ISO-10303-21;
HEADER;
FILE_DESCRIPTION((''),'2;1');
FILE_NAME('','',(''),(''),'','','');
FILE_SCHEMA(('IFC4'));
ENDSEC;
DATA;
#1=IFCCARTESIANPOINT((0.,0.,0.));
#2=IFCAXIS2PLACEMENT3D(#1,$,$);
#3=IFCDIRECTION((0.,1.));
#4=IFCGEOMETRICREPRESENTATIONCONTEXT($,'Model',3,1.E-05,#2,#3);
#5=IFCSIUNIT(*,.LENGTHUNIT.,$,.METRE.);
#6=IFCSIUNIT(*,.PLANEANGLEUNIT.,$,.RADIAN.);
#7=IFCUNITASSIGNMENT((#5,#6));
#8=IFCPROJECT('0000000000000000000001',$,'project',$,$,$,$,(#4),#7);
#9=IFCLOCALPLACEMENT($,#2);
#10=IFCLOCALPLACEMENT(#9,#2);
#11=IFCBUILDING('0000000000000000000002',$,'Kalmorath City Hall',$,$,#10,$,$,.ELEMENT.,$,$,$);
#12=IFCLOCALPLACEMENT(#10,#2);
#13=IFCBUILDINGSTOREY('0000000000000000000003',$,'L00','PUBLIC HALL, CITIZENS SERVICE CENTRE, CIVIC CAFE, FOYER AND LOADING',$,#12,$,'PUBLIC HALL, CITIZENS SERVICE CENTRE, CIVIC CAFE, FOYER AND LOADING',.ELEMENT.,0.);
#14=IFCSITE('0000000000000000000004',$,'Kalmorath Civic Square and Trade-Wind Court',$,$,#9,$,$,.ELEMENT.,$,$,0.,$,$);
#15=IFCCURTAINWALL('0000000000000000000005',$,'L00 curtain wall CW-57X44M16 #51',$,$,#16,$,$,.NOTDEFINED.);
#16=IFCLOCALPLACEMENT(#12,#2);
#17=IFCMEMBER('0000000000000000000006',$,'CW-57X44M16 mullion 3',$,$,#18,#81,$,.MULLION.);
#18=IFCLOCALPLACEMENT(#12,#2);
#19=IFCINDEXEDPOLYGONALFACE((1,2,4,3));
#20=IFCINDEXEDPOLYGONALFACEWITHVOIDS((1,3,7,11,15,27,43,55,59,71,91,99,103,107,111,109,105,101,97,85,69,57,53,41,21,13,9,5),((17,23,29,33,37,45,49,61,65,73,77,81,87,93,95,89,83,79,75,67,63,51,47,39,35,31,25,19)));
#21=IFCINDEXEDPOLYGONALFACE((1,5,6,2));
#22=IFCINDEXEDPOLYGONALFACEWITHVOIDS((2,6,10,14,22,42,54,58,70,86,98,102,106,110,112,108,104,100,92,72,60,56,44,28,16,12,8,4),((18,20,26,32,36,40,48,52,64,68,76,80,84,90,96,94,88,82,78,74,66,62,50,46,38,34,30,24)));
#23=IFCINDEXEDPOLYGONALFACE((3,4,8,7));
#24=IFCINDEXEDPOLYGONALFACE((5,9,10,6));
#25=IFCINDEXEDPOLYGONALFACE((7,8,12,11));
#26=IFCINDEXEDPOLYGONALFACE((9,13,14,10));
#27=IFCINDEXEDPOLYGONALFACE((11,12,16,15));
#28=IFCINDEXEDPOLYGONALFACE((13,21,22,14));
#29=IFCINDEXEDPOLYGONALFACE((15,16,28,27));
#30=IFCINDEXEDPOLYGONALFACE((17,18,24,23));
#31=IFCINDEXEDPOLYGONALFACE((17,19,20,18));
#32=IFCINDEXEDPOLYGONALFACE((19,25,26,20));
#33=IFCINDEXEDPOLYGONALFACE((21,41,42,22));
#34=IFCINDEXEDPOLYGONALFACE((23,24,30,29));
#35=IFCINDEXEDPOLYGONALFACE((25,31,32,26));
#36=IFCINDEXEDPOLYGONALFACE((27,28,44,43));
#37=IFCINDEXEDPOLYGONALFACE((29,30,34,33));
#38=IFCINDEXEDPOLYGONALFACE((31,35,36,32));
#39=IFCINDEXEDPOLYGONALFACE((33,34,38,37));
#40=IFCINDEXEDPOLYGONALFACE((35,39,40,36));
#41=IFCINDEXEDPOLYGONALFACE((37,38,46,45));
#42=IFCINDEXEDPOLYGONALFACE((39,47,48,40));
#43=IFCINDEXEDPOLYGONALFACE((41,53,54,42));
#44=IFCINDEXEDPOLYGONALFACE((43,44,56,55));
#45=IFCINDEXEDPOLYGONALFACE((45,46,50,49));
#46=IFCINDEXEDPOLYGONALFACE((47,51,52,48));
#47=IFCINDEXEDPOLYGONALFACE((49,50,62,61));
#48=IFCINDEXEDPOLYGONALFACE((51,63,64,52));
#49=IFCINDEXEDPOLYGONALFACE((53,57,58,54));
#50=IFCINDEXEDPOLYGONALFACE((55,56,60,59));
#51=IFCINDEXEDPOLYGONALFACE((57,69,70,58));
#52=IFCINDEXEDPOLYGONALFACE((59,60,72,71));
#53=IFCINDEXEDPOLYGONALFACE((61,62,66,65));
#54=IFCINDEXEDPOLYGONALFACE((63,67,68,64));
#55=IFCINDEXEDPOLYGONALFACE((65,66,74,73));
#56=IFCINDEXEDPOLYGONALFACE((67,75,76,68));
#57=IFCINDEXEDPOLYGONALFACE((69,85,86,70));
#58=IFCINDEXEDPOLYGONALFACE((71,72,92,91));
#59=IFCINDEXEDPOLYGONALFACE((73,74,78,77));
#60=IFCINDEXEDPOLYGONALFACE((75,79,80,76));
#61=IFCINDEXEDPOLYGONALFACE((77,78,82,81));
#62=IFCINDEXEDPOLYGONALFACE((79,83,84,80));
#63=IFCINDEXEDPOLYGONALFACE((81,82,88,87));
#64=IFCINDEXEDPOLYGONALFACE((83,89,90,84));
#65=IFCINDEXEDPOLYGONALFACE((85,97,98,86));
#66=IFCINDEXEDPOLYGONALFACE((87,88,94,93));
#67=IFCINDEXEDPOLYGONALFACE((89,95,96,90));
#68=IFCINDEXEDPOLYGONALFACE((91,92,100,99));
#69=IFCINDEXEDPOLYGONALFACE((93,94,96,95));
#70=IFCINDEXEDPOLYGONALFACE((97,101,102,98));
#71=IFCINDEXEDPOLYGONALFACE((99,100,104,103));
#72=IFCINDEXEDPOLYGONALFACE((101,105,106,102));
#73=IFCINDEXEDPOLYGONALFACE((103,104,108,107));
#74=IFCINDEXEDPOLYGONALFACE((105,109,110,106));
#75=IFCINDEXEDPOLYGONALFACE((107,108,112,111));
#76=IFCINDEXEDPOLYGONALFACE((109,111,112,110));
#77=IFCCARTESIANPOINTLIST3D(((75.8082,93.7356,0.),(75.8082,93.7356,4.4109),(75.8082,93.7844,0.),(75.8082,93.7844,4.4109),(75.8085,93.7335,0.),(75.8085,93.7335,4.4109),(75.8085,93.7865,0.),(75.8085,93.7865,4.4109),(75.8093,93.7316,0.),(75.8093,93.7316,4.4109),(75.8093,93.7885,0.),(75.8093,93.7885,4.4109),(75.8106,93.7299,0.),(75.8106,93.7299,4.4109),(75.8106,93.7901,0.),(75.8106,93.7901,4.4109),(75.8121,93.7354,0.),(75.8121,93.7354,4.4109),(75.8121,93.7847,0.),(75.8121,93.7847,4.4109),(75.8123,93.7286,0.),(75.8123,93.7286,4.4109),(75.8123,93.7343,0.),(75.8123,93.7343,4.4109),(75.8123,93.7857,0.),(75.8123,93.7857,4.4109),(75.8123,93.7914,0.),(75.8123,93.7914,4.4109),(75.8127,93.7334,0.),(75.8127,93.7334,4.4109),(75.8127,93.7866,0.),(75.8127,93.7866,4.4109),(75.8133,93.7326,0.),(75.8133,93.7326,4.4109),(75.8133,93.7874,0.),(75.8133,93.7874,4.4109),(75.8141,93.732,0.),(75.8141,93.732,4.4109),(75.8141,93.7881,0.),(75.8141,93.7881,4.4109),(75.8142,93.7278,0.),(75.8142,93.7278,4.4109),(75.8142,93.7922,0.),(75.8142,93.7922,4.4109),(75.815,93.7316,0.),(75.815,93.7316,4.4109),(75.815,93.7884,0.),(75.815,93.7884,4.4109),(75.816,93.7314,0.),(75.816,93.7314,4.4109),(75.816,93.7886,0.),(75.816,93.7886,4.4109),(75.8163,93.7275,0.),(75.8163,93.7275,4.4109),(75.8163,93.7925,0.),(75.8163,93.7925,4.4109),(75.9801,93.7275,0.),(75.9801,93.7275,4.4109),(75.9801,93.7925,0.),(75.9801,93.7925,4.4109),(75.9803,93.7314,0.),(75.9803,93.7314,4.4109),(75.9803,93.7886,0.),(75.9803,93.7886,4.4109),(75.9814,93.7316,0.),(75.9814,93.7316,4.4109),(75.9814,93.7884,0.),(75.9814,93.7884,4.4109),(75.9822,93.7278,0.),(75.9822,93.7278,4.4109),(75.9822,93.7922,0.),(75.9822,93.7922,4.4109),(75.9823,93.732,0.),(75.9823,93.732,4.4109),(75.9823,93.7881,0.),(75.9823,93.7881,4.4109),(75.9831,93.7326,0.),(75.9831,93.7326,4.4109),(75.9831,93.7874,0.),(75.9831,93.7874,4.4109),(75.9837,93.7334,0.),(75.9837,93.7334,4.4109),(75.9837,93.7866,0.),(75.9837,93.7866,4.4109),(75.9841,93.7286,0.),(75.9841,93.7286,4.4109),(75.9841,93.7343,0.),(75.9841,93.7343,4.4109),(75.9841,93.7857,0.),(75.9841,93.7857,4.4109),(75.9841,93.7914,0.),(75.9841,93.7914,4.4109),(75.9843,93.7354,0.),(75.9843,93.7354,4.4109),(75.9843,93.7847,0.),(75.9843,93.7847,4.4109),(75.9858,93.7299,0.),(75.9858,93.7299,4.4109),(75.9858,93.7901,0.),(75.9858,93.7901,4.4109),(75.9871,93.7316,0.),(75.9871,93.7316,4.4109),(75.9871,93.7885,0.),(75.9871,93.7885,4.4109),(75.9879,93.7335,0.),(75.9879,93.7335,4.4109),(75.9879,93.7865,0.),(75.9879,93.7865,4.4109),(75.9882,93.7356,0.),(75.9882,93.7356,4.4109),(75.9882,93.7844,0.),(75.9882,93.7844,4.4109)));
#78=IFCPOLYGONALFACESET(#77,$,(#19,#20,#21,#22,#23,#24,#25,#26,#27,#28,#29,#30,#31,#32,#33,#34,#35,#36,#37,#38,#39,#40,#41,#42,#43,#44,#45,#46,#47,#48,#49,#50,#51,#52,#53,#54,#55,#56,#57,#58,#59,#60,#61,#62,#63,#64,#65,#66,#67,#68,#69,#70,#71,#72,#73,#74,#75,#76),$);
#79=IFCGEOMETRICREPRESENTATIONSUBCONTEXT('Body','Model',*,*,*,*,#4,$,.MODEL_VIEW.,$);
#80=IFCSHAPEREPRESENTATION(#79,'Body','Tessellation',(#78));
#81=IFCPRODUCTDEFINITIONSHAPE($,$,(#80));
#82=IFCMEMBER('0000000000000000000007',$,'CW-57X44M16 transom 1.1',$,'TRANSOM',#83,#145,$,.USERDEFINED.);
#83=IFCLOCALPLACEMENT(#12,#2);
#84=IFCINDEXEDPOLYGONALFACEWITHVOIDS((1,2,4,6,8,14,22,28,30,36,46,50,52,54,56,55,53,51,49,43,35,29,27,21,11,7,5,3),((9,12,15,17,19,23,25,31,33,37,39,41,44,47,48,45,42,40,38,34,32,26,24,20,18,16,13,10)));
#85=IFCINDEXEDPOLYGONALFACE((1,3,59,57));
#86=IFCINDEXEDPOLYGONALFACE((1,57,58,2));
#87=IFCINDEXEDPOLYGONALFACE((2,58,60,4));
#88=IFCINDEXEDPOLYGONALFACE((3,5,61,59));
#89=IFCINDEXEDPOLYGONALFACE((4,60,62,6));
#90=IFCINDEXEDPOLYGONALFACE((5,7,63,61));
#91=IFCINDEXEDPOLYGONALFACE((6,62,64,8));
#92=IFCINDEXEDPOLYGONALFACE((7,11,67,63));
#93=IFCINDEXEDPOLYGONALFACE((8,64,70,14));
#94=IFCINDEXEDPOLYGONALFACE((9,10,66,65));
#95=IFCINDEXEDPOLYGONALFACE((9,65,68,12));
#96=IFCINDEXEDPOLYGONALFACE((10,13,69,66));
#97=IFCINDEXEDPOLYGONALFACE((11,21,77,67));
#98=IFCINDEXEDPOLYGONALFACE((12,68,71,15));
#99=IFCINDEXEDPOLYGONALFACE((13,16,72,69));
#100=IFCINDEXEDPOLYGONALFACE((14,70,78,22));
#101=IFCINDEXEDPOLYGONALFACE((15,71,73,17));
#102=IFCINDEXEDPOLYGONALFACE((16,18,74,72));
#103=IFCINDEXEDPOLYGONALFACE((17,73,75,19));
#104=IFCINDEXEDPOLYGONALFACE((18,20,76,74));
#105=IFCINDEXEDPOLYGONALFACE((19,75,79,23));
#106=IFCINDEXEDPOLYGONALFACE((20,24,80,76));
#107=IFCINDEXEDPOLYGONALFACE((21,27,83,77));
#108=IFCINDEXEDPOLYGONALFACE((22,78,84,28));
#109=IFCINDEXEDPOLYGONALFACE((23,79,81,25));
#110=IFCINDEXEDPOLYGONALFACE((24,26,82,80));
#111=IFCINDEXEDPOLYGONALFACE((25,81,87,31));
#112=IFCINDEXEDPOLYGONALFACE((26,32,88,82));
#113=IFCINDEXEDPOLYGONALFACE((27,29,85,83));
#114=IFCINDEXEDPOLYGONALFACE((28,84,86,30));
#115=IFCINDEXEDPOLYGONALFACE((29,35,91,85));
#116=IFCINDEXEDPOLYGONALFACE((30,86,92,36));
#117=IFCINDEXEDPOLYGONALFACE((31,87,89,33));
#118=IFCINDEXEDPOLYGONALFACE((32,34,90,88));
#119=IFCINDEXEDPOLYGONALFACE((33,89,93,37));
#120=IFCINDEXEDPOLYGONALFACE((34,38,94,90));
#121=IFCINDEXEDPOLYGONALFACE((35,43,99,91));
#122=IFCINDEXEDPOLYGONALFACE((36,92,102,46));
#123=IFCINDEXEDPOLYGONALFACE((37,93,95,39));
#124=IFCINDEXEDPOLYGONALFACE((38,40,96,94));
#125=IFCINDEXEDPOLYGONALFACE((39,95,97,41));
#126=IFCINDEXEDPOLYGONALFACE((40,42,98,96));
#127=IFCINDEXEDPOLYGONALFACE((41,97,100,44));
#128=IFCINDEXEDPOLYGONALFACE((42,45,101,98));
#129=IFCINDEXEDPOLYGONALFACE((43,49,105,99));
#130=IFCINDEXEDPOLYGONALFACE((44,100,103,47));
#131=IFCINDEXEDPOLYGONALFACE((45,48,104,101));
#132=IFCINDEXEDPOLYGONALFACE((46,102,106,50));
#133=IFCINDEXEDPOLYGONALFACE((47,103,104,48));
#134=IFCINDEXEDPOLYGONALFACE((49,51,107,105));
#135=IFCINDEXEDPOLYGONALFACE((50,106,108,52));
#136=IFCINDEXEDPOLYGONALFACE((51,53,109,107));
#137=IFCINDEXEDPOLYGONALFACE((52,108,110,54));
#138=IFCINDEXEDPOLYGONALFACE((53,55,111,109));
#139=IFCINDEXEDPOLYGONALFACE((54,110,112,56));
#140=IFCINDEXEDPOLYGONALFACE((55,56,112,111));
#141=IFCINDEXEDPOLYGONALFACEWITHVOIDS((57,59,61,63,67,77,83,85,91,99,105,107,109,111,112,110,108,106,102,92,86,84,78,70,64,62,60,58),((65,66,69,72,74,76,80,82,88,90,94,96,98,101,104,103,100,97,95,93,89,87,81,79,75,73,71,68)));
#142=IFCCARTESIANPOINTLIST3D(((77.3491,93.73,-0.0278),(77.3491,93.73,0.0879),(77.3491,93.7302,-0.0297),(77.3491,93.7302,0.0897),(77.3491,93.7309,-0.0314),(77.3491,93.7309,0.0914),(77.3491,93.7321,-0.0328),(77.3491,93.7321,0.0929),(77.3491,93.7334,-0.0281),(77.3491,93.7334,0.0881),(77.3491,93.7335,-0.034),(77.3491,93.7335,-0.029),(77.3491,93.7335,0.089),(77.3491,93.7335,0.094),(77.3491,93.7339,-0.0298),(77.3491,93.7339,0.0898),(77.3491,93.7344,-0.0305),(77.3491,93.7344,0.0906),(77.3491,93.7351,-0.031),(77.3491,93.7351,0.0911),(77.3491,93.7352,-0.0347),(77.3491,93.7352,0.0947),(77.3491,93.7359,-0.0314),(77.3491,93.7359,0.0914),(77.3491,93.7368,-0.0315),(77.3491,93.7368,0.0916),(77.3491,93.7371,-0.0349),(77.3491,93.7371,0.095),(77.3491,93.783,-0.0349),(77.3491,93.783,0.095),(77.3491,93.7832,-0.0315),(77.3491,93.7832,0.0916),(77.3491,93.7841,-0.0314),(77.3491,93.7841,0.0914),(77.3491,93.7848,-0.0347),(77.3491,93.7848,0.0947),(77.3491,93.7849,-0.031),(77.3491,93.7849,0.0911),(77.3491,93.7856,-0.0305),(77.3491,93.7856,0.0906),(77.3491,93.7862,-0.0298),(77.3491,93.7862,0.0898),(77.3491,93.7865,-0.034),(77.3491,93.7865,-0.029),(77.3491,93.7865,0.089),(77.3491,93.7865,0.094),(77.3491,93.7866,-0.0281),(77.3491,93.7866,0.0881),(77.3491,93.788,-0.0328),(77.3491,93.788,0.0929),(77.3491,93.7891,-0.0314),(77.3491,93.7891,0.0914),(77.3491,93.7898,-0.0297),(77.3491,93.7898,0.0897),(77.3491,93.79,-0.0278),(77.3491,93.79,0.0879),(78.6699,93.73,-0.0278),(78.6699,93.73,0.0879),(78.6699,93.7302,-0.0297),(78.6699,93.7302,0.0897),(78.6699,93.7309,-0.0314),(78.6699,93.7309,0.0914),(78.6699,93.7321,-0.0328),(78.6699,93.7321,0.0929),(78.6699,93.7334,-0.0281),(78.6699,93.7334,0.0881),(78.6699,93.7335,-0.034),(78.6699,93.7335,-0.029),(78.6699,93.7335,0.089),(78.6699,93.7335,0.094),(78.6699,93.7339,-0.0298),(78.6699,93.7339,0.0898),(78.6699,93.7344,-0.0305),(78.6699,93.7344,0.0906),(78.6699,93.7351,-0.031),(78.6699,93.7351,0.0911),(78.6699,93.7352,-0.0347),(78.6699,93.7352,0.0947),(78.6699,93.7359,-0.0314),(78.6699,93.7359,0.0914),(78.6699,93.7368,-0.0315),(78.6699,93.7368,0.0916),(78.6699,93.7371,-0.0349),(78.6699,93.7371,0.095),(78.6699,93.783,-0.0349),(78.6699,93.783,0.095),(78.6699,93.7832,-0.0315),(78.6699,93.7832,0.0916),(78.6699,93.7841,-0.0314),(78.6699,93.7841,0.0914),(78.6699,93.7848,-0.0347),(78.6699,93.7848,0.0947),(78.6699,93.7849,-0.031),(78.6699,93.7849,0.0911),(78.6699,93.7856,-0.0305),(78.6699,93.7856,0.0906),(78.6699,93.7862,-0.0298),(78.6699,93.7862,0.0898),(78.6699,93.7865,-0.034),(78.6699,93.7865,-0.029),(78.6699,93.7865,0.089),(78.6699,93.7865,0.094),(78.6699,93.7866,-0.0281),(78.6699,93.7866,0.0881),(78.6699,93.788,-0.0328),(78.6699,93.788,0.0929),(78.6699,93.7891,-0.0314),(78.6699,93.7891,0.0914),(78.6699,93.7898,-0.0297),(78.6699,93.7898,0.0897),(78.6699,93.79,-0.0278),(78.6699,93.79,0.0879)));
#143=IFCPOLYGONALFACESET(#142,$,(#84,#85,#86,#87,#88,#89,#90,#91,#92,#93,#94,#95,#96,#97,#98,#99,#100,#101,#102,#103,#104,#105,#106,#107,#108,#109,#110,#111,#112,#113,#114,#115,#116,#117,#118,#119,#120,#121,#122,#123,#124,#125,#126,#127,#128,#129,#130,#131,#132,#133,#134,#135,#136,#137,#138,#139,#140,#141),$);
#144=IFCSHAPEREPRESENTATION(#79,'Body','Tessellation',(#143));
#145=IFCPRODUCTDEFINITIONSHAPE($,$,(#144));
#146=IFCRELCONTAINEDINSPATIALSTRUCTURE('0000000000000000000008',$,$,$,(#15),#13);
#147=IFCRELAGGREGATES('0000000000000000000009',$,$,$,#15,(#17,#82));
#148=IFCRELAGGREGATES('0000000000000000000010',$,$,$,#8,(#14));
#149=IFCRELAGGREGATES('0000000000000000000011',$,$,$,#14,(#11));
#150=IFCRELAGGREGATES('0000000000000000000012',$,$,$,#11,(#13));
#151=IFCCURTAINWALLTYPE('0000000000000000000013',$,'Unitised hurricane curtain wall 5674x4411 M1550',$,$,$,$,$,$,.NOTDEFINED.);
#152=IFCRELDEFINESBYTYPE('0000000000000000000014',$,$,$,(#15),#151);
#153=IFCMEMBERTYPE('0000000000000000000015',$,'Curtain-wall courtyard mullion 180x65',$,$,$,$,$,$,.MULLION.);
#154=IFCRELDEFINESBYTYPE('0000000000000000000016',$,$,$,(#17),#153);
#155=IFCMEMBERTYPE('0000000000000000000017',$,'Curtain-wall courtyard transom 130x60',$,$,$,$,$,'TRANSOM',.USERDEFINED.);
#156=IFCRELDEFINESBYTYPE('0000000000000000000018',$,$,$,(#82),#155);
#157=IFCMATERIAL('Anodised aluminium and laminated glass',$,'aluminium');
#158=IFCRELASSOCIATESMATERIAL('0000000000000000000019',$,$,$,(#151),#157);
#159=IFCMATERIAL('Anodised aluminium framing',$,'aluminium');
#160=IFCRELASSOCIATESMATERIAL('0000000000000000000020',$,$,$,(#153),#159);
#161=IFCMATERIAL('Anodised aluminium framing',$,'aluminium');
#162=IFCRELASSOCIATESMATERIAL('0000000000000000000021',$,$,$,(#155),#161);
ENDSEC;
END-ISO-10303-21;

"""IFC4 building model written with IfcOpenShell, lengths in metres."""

from ifc_helpers import new_model, si_unit, direction, frame, origin, origin_2d, place, context, subcontext, project, spatial, hollow_rectangle, extrude, material, material_profile, profile_set, type_object, element, aggregate, save


model = new_model("IFC4")

# Units and contexts
model_context = context("Model", 3, precision=1e-05, world=origin(), true_north=direction((0.0, 1.0)))
body_context = subcontext(model_context, "Body", "Model", "MODEL_VIEW")
ifc_project = project(units=[si_unit("LENGTHUNIT", "METRE"), si_unit("PLANEANGLEUNIT", "RADIAN")], contexts=[model_context])

# Site, building, storey
site_placement = place(None, origin())
site = spatial("IfcSite", under=ifc_project, at=site_placement, Name="Kalmorath Civic Square and Trade-Wind Court", CompositionType="ELEMENT", RefElevation=0.0)
building_placement = place(site_placement, origin())
building = spatial("IfcBuilding", under=site, at=building_placement, Name="Kalmorath City Hall", CompositionType="ELEMENT")
storey_placement = place(building_placement, origin())
storey = spatial("IfcBuildingStorey", under=building, at=storey_placement, Name="L00", Description="PUBLIC HALL, CITIZENS SERVICE CENTRE, CIVIC CAFE, FOYER AND LOADING", LongName="PUBLIC HALL, CITIZENS SERVICE CENTRE, CIVIC CAFE, FOYER AND LOADING", CompositionType="ELEMENT", Elevation=0.0)

# Curtain wall, members
ifc_material_1 = material(Name="Anodised aluminium and laminated glass", Category="aluminium")
curtain_wall_type = type_object("IfcCurtainWallType", Name="Unitised hurricane curtain wall 5674x4411 M1550", PredefinedType="NOTDEFINED", material=ifc_material_1)
curtain_wall_placement = place(storey_placement, origin())
curtain_wall = element("IfcCurtainWall", 1, at=curtain_wall_placement, inside=storey, type_object=curtain_wall_type, Name="L00 curtain wall CW-57X44M16 #51", PredefinedType="NOTDEFINED")
ifc_material_2 = material(Name="Anodised aluminium framing", Category="aluminium")
ifc_material_profile_1 = material_profile(ifc_material_2, hollow_rectangle(XDim=0.0649, YDim=0.1799, WallThickness=0.0039, InnerFilletRadius=0.0039, OuterFilletRadius=0.0081, at=origin_2d()), Name="ALU-MUL-180X65X4")
ifc_profile_set_1 = profile_set([ifc_material_profile_1], Name="Anodised aluminium framing")
member_type_1 = type_object("IfcMemberType", Name="Curtain-wall courtyard mullion 180x65", PredefinedType="MULLION", material=ifc_profile_set_1)
member_1_placement = place(storey_placement, frame((75.8982, 93.76, 0.0), z_axis=(0.0, 0.0, 1.0), x_axis=(0.0, -1.0, 0.0)))
member_1 = element("IfcMember", 2, at=member_1_placement, type_object=member_type_1, Name="CW-57X44M16 mullion 3", PredefinedType="MULLION", context=body_context, shape_type="SweptSolid", body=[
    extrude(hollow_rectangle(XDim=0.0649, YDim=0.1799, WallThickness=0.0039, InnerFilletRadius=0.0039, OuterFilletRadius=0.0081, at=origin_2d()), origin(), (0.0, 0.0, 1.0), 4.4109),
])
ifc_material_3 = material(Name="Anodised aluminium framing", Category="aluminium")
ifc_material_profile_2 = material_profile(ifc_material_3, hollow_rectangle(XDim=0.0601, YDim=0.1299, WallThickness=0.0034, InnerFilletRadius=0.0034, OuterFilletRadius=0.0071, at=origin_2d()), Name="ALU-TRN-130X60X3.5")
ifc_profile_set_2 = profile_set([ifc_material_profile_2], Name="Anodised aluminium framing")
member_type_2 = type_object("IfcMemberType", Name="Curtain-wall courtyard transom 130x60", ElementType="TRANSOM", PredefinedType="USERDEFINED", material=ifc_profile_set_2)
member_2_placement = place(storey_placement, frame((78.6699, 93.76, 0.03), z_axis=(-1.0, 0.0, 0.0), x_axis=(0.0, -1.0, 0.0)))
member_2 = element("IfcMember", 3, at=member_2_placement, type_object=member_type_2, Name="CW-57X44M16 transom 1.1", ObjectType="TRANSOM", PredefinedType="USERDEFINED", context=body_context, shape_type="SweptSolid", body=[
    extrude(hollow_rectangle(XDim=0.0601, YDim=0.1299, WallThickness=0.0034, InnerFilletRadius=0.0034, OuterFilletRadius=0.0071, at=origin_2d()), origin(), (0.0, 0.0, 1.0), 1.3208),
])

aggregate(curtain_wall, [member_1, member_2])

save(model, "model.ifc")
